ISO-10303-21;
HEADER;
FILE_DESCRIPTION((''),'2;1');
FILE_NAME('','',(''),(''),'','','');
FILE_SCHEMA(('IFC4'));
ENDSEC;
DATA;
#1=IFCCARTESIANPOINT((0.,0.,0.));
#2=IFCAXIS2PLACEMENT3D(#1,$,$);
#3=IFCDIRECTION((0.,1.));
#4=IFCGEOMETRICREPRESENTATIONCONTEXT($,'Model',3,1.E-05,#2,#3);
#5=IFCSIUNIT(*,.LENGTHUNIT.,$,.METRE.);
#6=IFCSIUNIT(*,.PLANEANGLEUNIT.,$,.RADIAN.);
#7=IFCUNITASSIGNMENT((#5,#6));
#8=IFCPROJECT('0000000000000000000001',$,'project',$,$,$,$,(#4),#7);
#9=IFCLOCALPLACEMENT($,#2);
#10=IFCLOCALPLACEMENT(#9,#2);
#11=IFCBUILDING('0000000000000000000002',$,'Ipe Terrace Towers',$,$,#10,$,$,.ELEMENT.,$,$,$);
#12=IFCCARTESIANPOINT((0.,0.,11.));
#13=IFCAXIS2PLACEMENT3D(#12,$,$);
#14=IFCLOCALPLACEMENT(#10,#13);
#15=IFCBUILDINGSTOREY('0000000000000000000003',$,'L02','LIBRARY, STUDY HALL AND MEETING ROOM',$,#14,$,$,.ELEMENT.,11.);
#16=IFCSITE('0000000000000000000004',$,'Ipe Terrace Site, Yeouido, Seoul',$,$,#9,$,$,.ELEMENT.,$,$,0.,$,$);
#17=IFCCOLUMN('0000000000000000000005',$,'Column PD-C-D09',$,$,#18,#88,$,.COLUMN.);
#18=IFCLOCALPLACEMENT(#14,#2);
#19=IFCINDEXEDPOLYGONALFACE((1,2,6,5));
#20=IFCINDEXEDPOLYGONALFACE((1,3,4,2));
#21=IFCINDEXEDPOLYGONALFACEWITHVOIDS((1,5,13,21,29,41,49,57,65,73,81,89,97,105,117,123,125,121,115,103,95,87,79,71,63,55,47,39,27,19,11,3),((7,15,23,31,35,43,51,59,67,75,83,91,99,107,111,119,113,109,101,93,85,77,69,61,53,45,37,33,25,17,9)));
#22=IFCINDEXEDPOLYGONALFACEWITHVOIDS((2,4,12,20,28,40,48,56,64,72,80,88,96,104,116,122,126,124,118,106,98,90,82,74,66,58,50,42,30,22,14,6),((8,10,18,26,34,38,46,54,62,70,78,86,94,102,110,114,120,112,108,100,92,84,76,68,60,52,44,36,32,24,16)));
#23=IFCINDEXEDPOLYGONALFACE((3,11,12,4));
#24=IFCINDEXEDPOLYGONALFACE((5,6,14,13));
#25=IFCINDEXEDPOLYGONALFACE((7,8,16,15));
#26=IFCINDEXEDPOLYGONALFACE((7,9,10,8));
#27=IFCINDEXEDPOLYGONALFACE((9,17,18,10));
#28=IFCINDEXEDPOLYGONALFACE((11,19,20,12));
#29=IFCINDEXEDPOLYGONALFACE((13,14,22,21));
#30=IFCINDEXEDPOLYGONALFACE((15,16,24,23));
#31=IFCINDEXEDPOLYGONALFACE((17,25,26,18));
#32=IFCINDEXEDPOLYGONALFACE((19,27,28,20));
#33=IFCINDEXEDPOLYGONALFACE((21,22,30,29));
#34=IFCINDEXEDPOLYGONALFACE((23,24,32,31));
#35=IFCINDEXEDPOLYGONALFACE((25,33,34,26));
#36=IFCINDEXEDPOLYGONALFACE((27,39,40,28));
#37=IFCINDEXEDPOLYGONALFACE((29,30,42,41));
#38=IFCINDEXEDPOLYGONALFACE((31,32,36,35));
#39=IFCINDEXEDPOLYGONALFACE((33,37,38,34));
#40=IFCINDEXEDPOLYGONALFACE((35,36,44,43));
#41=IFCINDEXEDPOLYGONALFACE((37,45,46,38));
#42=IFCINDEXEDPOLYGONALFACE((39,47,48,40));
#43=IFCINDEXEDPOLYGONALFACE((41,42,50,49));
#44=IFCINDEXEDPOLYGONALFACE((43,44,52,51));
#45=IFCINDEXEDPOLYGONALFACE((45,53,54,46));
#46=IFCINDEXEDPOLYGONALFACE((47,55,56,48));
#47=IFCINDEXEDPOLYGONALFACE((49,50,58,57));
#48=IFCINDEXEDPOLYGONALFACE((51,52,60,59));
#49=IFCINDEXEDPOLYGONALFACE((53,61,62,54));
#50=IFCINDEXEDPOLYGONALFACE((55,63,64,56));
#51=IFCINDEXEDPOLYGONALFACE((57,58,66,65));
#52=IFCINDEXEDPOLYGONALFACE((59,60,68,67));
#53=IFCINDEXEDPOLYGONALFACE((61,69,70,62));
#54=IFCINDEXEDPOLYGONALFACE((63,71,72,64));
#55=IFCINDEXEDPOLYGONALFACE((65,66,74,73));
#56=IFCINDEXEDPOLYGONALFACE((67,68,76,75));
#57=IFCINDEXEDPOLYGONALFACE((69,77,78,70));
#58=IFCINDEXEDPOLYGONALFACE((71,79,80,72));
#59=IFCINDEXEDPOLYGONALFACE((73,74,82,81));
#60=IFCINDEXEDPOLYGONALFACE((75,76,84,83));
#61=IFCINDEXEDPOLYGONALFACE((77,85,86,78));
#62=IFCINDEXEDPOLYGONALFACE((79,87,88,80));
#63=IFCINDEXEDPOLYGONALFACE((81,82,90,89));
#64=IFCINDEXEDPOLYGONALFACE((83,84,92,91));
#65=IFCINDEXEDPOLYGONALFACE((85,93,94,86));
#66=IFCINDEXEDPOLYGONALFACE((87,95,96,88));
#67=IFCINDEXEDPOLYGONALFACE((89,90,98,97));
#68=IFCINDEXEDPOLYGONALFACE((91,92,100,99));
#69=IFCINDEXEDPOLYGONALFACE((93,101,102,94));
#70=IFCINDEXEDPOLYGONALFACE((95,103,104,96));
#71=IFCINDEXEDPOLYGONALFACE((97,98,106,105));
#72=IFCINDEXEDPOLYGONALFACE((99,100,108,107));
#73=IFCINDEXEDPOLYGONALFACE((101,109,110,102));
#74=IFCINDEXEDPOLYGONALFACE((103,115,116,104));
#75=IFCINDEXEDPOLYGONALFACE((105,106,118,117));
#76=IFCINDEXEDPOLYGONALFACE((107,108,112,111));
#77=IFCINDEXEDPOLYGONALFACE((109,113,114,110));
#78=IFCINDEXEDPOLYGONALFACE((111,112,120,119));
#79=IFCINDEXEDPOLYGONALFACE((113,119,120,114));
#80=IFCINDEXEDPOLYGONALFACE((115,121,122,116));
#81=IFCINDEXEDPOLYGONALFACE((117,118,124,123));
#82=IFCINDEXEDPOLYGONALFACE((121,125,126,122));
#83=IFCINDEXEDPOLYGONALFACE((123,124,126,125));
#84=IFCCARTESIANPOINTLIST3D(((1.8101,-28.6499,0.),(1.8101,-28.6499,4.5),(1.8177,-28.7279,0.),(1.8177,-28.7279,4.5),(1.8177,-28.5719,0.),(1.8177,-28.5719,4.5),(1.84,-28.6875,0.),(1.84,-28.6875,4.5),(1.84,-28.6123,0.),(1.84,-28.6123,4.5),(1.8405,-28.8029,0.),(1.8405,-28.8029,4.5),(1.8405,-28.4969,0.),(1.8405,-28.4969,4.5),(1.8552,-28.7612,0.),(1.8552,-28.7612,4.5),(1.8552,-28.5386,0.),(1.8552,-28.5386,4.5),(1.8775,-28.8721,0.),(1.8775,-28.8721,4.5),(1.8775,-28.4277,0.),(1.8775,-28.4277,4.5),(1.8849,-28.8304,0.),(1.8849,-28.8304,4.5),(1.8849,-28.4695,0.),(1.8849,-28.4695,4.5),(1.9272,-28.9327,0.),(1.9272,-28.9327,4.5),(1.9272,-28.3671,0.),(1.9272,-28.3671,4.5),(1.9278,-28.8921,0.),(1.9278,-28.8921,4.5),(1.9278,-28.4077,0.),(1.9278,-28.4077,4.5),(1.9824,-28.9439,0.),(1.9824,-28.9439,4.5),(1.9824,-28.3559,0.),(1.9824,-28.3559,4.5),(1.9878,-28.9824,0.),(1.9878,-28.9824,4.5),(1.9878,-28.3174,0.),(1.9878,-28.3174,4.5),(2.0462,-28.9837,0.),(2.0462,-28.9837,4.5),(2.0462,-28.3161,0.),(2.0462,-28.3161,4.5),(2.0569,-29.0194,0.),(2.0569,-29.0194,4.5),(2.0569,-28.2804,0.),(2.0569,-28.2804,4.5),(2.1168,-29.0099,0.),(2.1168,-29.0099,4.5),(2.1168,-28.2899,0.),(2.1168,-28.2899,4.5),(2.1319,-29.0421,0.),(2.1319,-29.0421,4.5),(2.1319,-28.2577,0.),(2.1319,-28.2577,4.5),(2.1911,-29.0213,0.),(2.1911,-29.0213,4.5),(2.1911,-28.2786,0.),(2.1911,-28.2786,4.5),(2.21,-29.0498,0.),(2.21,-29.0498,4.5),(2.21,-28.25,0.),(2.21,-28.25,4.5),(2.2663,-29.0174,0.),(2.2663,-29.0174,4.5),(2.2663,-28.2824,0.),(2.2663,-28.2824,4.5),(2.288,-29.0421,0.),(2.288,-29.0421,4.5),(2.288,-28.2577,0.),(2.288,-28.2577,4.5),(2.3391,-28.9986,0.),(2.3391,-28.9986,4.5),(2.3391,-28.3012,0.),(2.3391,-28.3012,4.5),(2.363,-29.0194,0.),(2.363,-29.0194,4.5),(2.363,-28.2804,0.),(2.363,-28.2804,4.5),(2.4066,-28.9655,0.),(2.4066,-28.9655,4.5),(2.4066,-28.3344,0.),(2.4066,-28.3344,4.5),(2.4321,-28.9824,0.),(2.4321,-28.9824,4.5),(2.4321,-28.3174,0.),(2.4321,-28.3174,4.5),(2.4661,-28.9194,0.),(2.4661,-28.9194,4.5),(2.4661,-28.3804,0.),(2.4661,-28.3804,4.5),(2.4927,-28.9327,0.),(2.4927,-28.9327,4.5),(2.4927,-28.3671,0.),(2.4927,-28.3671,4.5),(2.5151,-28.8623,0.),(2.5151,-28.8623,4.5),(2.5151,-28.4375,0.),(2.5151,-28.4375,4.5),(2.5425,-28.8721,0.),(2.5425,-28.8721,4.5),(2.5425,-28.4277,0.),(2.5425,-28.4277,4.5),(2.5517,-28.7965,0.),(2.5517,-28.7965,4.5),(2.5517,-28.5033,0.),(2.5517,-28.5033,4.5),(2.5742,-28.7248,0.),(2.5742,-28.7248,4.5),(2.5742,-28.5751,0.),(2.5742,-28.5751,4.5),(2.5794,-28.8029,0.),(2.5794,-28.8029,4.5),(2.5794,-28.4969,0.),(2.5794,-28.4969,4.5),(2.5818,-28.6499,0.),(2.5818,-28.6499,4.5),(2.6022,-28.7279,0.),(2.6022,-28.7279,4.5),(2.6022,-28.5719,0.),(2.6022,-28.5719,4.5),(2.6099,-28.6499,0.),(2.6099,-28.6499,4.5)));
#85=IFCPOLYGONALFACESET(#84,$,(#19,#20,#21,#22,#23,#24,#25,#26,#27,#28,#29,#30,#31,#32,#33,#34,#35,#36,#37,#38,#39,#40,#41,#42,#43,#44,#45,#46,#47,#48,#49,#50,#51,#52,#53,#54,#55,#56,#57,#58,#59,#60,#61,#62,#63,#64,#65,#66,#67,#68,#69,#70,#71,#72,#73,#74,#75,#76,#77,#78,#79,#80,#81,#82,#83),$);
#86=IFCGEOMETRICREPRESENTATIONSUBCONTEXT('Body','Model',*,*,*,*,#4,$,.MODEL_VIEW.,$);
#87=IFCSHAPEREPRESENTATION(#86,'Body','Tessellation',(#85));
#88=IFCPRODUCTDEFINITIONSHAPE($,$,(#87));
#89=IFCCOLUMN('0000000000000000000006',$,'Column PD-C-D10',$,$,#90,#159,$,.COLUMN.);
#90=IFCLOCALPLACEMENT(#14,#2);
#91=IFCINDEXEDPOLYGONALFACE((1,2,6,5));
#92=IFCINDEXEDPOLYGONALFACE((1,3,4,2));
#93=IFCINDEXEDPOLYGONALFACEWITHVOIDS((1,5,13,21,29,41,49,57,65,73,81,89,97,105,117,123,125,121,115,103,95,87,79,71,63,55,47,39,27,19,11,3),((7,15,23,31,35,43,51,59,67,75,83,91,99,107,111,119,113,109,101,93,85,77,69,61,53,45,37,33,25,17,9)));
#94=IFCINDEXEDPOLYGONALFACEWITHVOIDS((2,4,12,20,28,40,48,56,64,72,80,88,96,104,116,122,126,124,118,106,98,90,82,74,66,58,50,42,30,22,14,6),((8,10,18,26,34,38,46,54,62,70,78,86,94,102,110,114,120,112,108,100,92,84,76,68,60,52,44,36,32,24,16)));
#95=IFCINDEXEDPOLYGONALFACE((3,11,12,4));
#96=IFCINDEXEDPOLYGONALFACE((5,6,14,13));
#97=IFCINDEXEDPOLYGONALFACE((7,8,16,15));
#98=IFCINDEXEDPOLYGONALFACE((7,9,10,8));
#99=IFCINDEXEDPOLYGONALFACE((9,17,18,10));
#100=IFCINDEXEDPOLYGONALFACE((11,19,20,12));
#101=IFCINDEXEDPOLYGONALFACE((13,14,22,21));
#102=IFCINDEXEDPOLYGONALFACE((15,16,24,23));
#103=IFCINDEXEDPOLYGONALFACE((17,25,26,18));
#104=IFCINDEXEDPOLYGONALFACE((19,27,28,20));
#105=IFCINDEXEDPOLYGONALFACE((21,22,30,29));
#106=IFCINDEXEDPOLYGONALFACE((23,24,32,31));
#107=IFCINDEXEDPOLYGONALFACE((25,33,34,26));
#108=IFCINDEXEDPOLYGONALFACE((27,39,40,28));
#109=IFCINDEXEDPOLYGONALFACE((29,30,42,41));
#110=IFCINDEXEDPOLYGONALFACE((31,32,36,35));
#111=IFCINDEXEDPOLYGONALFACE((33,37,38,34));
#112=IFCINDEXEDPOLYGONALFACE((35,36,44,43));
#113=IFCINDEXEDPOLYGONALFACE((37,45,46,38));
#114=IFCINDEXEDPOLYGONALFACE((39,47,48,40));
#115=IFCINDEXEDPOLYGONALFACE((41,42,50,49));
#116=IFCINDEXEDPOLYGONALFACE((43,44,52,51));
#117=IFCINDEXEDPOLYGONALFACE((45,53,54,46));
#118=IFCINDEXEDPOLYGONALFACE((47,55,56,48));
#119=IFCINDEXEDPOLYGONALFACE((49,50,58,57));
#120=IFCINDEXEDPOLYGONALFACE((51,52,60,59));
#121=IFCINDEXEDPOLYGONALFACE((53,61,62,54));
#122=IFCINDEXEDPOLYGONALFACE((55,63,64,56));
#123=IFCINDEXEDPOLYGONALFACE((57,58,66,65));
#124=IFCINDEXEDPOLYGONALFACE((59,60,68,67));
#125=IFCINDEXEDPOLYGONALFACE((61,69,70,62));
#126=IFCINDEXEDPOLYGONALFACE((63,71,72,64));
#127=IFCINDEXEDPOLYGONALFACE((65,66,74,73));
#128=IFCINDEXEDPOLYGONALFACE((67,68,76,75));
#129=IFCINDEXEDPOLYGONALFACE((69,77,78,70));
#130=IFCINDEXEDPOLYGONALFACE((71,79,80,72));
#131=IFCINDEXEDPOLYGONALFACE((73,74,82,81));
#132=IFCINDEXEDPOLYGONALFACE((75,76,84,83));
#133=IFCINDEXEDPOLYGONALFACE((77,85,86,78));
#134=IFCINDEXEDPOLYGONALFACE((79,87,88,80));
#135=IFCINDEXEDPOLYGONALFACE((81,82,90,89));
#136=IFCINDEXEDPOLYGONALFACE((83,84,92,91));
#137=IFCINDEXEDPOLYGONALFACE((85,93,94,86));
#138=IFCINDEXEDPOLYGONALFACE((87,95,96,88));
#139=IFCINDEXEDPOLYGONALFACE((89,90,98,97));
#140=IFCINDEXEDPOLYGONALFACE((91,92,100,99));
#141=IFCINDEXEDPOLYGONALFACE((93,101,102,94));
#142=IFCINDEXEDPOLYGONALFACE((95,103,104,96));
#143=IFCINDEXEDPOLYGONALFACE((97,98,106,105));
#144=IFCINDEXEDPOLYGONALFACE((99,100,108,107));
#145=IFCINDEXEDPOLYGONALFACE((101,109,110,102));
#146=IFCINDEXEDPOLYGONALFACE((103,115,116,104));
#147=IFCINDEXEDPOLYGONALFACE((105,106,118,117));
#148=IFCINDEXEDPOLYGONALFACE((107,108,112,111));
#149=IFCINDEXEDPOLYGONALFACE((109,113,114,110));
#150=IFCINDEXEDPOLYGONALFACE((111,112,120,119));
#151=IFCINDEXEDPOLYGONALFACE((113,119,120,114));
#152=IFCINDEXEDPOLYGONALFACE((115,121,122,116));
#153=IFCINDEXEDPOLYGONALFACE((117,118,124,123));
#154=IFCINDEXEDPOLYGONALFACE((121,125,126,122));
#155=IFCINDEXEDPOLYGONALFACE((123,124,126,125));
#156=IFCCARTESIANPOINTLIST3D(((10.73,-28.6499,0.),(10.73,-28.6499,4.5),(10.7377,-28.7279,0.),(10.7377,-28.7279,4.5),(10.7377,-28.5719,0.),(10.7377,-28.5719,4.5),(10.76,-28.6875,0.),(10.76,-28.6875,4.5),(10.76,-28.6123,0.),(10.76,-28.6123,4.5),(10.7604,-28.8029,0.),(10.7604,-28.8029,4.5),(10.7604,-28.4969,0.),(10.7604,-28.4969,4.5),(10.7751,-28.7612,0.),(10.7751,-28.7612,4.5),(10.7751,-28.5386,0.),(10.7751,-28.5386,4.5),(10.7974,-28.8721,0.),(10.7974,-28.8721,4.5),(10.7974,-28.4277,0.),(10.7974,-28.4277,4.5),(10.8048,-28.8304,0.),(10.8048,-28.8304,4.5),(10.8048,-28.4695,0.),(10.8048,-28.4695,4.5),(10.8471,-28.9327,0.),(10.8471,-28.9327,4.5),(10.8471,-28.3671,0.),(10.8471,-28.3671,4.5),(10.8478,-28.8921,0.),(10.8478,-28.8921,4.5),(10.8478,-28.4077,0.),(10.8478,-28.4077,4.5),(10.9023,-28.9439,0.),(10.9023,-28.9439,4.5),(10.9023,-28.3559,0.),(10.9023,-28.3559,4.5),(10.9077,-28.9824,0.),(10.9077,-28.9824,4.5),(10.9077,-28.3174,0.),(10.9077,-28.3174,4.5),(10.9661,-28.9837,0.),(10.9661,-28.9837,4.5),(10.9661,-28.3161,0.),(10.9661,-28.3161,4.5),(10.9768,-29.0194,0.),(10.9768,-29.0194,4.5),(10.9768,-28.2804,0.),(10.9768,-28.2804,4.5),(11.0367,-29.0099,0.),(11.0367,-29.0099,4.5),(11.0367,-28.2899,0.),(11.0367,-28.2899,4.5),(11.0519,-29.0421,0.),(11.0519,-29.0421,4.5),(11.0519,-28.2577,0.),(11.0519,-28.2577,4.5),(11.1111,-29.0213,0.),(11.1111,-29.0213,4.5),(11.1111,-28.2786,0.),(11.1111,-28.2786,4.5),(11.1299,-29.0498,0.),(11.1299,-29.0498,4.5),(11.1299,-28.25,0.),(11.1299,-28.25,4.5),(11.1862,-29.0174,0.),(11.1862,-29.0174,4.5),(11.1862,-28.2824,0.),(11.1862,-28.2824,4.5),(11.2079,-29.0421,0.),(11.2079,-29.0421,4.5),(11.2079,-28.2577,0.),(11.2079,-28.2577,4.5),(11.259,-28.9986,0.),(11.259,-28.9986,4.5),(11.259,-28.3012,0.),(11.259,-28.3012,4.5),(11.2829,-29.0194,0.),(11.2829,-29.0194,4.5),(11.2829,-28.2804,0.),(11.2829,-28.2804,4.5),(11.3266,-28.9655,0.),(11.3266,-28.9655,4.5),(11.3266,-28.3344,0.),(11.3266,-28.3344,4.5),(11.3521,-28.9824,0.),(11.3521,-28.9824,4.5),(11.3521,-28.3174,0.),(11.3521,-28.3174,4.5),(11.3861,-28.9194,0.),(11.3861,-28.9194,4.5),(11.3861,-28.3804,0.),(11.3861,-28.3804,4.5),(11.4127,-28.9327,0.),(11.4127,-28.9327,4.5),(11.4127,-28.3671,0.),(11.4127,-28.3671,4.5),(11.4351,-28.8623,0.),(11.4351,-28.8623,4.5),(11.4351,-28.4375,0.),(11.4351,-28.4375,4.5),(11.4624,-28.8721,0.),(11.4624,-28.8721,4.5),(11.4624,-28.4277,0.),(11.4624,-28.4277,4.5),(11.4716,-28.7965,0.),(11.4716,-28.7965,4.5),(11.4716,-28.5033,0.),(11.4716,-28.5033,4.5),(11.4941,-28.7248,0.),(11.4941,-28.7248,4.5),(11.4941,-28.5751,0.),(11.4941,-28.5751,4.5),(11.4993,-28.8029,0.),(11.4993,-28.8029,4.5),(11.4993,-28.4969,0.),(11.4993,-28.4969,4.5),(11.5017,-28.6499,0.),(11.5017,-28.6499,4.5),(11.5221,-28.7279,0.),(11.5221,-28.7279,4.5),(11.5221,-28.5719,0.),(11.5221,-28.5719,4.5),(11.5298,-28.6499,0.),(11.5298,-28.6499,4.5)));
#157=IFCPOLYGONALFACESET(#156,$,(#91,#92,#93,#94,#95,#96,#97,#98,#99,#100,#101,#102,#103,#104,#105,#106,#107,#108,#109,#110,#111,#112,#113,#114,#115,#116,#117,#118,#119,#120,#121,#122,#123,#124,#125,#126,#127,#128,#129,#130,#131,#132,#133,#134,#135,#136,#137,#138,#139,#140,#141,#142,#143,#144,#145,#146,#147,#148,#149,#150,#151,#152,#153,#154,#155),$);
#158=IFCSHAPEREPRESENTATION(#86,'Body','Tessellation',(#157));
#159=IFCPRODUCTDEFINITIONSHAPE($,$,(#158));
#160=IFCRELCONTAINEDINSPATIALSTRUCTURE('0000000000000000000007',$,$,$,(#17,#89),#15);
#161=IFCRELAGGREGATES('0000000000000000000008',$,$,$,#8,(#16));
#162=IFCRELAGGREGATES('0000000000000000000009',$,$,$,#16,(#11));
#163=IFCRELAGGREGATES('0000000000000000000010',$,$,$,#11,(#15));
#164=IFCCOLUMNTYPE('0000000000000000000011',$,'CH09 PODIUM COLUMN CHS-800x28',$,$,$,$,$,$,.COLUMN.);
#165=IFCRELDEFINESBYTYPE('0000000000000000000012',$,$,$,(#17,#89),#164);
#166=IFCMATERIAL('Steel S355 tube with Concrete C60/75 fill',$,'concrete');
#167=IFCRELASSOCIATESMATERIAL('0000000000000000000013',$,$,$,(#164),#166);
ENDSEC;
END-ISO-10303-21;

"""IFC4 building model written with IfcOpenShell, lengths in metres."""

from ifc_helpers import new_model, si_unit, direction, frame, origin, origin_2d, place, context, subcontext, project, spatial, hollow_circle, extrude, material, material_profile, profile_set, type_object, element, save


model = new_model("IFC4")

# Units and contexts
model_context = context("Model", 3, precision=1e-05, world=origin(), true_north=direction((0.0, 1.0)))
body_context = subcontext(model_context, "Body", "Model", "MODEL_VIEW")
ifc_project = project(units=[si_unit("LENGTHUNIT", "METRE"), si_unit("PLANEANGLEUNIT", "RADIAN")], contexts=[model_context])

# Site, building, storey
site_placement = place(None, origin())
site = spatial("IfcSite", under=ifc_project, at=site_placement, Name="Ipe Terrace Site, Yeouido, Seoul", CompositionType="ELEMENT", RefElevation=0.0)
building_placement = place(site_placement, origin())
building = spatial("IfcBuilding", under=site, at=building_placement, Name="Ipe Terrace Towers", CompositionType="ELEMENT")
storey_placement = place(building_placement, frame((0.0, 0.0, 11.0)))
storey = spatial("IfcBuildingStorey", under=building, at=storey_placement, Name="L02", Description="LIBRARY, STUDY HALL AND MEETING ROOM", CompositionType="ELEMENT", Elevation=11.0)

# Columns
ifc_material_1 = material(Name="Steel S355 tube with Concrete C60/75 fill", Category="concrete")
ifc_material_profile_1 = material_profile(ifc_material_1, hollow_circle(Radius=0.3999, WallThickness=0.0281, at=origin_2d()), Name="CHS-800x28")
ifc_profile_set_1 = profile_set([ifc_material_profile_1], Name="Steel S355 tube with Concrete C60/75 fill")
column_type = type_object("IfcColumnType", Name="CH09 PODIUM COLUMN CHS-800x28", PredefinedType="COLUMN", material=ifc_profile_set_1)
for number, where, z_axis, x_axis, name in (
    (1, (2.21, -28.6499, 0.0), (0.0, 0.0, 1.0), (1.0, 0.0, 0.0), "Column PD-C-D09"),
    (2, (11.1299, -28.6499, 0.0), (0.0, 0.0, 1.0), (1.0, 0.0, 0.0), "Column PD-C-D10"),
):
    element("IfcColumn", number, at=place(storey_placement, frame(where, z_axis=z_axis, x_axis=x_axis)), inside=storey, type_object=column_type, Name=name, PredefinedType="COLUMN", context=body_context, shape_type="SweptSolid", body=[
        extrude(hollow_circle(Radius=0.3999, WallThickness=0.0281, at=origin_2d()), origin(), (0.0, 0.0, 1.0), 4.5),
    ])

save(model, "model.ifc")
